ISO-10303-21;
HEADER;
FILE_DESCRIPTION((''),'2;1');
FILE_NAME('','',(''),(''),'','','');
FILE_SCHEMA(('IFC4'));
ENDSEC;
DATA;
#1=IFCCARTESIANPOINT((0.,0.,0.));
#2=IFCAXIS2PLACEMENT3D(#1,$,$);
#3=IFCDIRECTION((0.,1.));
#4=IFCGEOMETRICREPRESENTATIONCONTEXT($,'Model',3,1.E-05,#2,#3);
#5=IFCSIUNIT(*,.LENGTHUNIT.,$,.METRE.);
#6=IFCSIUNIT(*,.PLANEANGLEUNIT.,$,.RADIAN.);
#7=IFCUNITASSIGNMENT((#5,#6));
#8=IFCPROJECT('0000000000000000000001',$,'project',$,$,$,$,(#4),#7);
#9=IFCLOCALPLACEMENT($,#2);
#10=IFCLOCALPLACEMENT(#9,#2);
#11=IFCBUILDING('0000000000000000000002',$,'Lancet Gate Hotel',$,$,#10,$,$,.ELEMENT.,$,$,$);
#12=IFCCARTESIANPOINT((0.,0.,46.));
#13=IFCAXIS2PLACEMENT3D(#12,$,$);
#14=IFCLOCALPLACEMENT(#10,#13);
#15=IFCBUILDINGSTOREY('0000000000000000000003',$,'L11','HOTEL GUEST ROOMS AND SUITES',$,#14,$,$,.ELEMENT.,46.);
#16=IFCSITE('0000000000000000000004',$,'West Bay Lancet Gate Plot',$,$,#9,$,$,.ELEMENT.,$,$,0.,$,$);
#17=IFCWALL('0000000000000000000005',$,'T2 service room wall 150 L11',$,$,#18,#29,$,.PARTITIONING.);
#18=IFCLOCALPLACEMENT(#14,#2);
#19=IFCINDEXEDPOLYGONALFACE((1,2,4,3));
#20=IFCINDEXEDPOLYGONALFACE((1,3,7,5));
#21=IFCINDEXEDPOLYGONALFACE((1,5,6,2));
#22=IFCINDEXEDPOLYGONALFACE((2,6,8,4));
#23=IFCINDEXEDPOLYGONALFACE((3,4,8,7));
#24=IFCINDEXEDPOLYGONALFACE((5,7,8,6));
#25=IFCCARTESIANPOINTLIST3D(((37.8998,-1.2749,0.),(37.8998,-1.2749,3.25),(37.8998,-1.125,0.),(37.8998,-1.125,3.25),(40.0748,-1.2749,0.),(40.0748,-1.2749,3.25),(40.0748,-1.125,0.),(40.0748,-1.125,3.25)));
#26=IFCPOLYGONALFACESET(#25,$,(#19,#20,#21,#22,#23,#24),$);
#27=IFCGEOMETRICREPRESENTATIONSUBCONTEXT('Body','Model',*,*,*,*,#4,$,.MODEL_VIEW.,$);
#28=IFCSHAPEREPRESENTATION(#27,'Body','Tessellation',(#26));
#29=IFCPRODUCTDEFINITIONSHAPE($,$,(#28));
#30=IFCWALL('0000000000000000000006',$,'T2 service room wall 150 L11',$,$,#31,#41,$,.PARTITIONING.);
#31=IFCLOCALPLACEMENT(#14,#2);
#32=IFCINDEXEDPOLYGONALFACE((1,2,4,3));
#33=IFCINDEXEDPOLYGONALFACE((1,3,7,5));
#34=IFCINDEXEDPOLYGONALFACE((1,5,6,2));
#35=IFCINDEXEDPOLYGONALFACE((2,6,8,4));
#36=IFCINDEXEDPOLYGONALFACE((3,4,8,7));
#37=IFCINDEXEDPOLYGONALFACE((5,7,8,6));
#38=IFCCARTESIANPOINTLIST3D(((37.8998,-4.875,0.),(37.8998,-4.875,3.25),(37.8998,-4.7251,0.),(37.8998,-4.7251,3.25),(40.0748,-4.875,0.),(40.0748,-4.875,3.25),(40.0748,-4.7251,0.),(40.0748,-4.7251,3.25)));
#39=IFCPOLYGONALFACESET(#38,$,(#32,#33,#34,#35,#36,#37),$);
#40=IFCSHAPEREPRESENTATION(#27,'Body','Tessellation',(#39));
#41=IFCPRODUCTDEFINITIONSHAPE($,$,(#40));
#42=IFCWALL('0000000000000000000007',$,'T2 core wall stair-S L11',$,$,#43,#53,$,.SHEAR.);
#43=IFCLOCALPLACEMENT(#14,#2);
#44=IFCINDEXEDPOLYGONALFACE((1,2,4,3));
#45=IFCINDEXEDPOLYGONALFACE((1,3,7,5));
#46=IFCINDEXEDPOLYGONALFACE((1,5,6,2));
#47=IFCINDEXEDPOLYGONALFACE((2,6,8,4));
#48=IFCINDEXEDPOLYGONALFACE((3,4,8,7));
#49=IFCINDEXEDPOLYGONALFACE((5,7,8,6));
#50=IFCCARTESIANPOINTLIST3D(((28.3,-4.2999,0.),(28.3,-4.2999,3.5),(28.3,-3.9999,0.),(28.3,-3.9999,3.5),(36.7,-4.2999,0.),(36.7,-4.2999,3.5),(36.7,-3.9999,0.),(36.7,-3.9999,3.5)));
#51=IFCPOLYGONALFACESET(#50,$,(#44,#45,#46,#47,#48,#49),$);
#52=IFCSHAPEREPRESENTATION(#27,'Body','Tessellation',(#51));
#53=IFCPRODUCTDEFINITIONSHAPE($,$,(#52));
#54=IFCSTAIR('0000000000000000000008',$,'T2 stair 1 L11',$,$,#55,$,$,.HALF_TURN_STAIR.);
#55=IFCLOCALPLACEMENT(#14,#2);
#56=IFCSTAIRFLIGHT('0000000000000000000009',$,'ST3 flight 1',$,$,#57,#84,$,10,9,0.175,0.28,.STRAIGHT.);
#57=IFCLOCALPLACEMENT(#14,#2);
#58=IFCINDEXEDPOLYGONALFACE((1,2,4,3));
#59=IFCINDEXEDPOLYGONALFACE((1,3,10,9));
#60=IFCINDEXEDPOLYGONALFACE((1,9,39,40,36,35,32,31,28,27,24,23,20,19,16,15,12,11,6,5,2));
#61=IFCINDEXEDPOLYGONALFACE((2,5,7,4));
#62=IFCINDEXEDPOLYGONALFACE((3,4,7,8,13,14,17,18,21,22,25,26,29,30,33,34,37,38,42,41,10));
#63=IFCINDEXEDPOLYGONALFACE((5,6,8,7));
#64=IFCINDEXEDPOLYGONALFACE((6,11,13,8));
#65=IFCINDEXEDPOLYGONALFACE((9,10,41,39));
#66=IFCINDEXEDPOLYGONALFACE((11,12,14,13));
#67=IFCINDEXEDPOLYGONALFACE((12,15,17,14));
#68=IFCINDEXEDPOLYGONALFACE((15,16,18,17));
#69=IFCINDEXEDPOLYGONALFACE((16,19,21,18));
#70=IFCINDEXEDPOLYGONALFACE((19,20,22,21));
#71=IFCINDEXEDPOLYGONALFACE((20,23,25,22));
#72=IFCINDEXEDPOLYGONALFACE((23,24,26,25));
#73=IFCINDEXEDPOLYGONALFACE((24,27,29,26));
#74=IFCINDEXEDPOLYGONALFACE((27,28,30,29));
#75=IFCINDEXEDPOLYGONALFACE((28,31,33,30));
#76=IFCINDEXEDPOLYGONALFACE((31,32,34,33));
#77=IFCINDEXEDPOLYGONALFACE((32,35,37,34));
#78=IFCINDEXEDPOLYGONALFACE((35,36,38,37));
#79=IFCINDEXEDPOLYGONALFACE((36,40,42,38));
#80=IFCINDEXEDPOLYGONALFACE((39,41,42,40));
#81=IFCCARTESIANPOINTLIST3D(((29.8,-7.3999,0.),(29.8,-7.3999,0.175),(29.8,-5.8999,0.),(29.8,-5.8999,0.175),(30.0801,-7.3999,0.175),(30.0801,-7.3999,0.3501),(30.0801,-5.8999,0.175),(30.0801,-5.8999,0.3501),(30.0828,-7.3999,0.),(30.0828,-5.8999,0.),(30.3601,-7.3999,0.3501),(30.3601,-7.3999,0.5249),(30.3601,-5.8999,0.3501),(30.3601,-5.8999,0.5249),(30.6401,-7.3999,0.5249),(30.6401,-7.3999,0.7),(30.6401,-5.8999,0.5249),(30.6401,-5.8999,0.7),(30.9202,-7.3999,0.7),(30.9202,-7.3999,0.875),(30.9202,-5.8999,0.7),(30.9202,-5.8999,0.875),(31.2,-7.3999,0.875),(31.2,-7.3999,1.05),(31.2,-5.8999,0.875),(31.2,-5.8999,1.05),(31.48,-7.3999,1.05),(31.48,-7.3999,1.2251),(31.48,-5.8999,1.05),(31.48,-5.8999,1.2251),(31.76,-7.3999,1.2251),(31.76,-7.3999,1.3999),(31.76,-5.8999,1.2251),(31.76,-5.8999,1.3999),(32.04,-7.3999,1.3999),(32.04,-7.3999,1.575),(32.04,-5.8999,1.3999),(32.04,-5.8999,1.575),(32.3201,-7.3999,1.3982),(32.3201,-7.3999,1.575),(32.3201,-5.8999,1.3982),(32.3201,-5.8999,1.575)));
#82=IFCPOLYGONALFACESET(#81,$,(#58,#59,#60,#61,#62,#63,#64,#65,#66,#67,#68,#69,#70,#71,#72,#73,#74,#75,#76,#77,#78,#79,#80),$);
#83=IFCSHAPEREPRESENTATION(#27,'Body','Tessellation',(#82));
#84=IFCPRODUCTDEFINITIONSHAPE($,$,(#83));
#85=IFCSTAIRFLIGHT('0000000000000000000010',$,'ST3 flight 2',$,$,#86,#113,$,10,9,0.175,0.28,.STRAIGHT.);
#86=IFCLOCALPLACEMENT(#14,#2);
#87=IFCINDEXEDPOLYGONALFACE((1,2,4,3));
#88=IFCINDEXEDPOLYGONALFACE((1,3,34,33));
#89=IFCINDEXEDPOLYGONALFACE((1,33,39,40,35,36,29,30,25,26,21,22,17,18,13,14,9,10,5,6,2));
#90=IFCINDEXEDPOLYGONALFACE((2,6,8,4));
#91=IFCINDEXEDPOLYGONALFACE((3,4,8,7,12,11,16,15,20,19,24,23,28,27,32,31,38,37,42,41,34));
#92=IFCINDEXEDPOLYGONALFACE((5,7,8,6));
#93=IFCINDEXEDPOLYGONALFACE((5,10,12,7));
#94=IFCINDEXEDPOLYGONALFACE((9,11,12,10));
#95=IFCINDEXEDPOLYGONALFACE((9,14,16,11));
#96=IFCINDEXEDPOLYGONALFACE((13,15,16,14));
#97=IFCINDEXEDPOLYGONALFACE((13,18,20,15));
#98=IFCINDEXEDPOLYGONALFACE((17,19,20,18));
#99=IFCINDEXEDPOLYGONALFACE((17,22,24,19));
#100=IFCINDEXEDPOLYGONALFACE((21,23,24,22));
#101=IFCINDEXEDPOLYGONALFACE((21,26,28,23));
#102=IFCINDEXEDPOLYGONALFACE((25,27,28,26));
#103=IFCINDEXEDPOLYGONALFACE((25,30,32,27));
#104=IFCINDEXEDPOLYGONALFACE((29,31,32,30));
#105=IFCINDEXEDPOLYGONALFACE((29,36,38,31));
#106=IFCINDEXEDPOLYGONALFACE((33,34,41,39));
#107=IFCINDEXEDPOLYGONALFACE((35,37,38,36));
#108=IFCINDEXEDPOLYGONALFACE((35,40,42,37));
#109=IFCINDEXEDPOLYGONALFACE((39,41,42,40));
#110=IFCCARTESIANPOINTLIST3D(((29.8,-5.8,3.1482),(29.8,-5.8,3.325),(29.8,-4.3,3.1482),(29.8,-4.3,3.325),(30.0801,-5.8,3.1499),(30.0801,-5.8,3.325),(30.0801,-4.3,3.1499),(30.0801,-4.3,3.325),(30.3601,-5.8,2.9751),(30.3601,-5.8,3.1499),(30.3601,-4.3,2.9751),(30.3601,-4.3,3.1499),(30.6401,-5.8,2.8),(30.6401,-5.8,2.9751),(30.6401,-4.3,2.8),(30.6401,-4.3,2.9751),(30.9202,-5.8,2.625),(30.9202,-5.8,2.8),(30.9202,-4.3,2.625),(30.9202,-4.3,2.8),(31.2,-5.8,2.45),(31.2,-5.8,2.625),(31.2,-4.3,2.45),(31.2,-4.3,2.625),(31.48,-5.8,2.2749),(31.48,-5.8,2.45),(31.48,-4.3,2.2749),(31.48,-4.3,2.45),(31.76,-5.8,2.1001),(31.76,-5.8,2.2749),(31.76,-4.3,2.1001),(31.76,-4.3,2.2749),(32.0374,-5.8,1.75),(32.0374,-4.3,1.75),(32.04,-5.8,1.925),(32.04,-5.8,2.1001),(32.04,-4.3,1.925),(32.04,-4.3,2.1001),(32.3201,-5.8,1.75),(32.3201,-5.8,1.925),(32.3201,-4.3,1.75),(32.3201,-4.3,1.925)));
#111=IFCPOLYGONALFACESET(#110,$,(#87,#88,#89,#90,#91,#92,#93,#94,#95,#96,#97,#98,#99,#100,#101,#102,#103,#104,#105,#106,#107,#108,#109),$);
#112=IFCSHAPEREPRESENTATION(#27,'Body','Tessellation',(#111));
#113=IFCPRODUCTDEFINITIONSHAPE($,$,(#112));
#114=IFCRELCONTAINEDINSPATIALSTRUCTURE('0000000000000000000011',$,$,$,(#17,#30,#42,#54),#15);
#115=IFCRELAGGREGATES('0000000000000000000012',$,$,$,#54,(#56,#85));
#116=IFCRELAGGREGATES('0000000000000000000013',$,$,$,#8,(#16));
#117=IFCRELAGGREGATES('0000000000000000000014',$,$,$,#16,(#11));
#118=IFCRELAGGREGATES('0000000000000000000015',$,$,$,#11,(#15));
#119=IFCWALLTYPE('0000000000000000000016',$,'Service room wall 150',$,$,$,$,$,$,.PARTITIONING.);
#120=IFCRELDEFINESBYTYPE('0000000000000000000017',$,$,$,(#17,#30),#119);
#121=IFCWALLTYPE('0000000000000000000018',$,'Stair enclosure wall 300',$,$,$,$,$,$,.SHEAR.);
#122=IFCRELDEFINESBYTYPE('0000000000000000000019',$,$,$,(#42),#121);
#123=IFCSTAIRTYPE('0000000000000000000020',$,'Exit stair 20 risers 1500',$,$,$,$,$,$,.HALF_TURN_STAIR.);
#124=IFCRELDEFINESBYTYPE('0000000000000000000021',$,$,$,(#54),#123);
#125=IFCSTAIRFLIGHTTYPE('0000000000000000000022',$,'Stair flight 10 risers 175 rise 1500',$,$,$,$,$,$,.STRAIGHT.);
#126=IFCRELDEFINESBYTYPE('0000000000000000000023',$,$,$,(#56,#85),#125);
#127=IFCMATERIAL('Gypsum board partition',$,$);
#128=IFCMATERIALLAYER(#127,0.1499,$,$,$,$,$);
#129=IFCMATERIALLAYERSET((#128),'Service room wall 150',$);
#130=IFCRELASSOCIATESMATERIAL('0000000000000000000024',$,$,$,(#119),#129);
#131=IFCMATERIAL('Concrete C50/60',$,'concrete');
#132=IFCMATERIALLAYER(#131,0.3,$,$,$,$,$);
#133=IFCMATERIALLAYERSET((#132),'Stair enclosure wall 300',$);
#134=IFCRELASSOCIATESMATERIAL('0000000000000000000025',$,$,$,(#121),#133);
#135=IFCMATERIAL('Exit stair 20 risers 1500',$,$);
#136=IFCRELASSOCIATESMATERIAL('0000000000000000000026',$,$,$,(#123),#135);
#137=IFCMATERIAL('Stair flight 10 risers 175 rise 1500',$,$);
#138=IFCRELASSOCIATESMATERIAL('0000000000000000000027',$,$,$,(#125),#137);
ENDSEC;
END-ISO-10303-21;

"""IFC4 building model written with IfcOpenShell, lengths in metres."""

from ifc_helpers import new_model, si_unit, direction, frame, frame_2d, origin, place, context, subcontext, project, spatial, polyline, rectangle, outline, extrude, material, layer, layer_set, type_object, element, aggregate, save


model = new_model("IFC4")

# Units and contexts
model_context = context("Model", 3, precision=1e-05, world=origin(), true_north=direction((0.0, 1.0)))
body_context = subcontext(model_context, "Body", "Model", "MODEL_VIEW")
ifc_project = project(units=[si_unit("LENGTHUNIT", "METRE"), si_unit("PLANEANGLEUNIT", "RADIAN")], contexts=[model_context])

# Site, building, storey
site_placement = place(None, origin())
site = spatial("IfcSite", under=ifc_project, at=site_placement, Name="West Bay Lancet Gate Plot", CompositionType="ELEMENT", RefElevation=0.0)
building_placement = place(site_placement, origin())
building = spatial("IfcBuilding", under=site, at=building_placement, Name="Lancet Gate Hotel", CompositionType="ELEMENT")
storey_placement = place(building_placement, frame((0.0, 0.0, 46.0)))
storey = spatial("IfcBuildingStorey", under=building, at=storey_placement, Name="L11", Description="HOTEL GUEST ROOMS AND SUITES", CompositionType="ELEMENT", Elevation=46.0)

# Walls
ifc_material_1 = material(Name="Gypsum board partition")
ifc_layer_1 = layer(ifc_material_1, 0.1499)
ifc_layer_set_1 = layer_set([ifc_layer_1], Name="Service room wall 150")
wall_type_1 = type_object("IfcWallType", Name="Service room wall 150", PredefinedType="PARTITIONING", material=ifc_layer_set_1)
for number, where, z_axis, x_axis, name in (
    (1, (37.8999, -1.2, 0.0), (0.0, 0.0, 1.0), (1.0, 0.0, 0.0), "T2 service room wall 150 L11"),
    (2, (37.8999, -4.8, 0.0), (0.0, 0.0, 1.0), (1.0, 0.0, 0.0), "T2 service room wall 150 L11"),
):
    element("IfcWall", number, at=place(storey_placement, frame(where, z_axis=z_axis, x_axis=x_axis)), inside=storey, type_object=wall_type_1, Name=name, PredefinedType="PARTITIONING", context=body_context, shape_type="SweptSolid", body=[
        extrude(rectangle(XDim=2.175, YDim=0.1499, at=frame_2d((1.0874, 0.0))), origin(), (0.0, 0.0, 1.0), 3.25),
    ])
ifc_material_2 = material(Name="Concrete C50/60", Category="concrete")
ifc_layer_2 = layer(ifc_material_2, 0.3)
ifc_layer_set_2 = layer_set([ifc_layer_2], Name="Stair enclosure wall 300")
wall_type_2 = type_object("IfcWallType", Name="Stair enclosure wall 300", PredefinedType="SHEAR", material=ifc_layer_set_2)
wall_1_placement = place(storey_placement, frame((28.3, -4.1499, 0.0), z_axis=(0.0, 0.0, 1.0), x_axis=(1.0, 0.0, 0.0)))
element("IfcWall", 3, at=wall_1_placement, inside=storey, type_object=wall_type_2, Name="T2 core wall stair-S L11", PredefinedType="SHEAR", context=body_context, shape_type="SweptSolid", body=[
    extrude(rectangle(XDim=8.3999, YDim=0.3, at=frame_2d((4.2, 0.0))), origin(), (0.0, 0.0, 1.0), 3.5),
])

# Stair, stair flights
ifc_material_3 = material(Name="Exit stair 20 risers 1500")
stair_type = type_object("IfcStairType", Name="Exit stair 20 risers 1500", PredefinedType="HALF_TURN_STAIR", material=ifc_material_3)
stair_placement = place(storey_placement, origin())
stair = element("IfcStair", 4, at=stair_placement, inside=storey, type_object=stair_type, Name="T2 stair 1 L11", PredefinedType="HALF_TURN_STAIR")
ifc_material_4 = material(Name="Stair flight 10 risers 175 rise 1500")
stair_flight_type = type_object("IfcStairFlightType", Name="Stair flight 10 risers 175 rise 1500", PredefinedType="STRAIGHT", material=ifc_material_4)
stair_flight_1_placement = place(storey_placement, frame((29.8, -6.6499, 0.0), z_axis=(0.0, 0.0, 1.0), x_axis=(1.0, 0.0, 0.0)))
stair_flight_1 = element("IfcStairFlight", 5, at=stair_flight_1_placement, type_object=stair_flight_type, Name="ST3 flight 1", NumberOfRisers=10, NumberOfTreads=9, PredefinedType="STRAIGHT", RiserHeight=0.175, TreadLength=0.28, context=body_context, shape_type="SweptSolid", body=[
    extrude(outline(polyline([(0.0, 0.0), (0.0, 0.175), (0.28, 0.175), (0.28, 0.3501), (0.5601, 0.3501), (0.5601, 0.5249), (0.8401, 0.5249), (0.8401, 0.7), (1.1201, 0.7), (1.1201, 0.875), (1.3999, 0.875), (1.3999, 1.05), (1.6799, 1.05), (1.6799, 1.2251), (1.96, 1.2251), (1.96, 1.3999), (2.24, 1.3999), (2.24, 1.575), (2.52, 1.575), (2.52, 1.75), (2.52, 1.3982), (0.2827, 0.0), (0.0, 0.0)])), frame((0.0, 0.75, 0.0), z_axis=(0.0, -1.0, 0.0), x_axis=(1.0, 0.0, 0.0)), (0.0, 0.0, 1.0), 1.5),
])
stair_flight_2_placement = place(storey_placement, frame((32.3201, -5.05, 1.75), z_axis=(0.0, 0.0, 1.0), x_axis=(-1.0, 0.0, 0.0)))
stair_flight_2 = element("IfcStairFlight", 6, at=stair_flight_2_placement, type_object=stair_flight_type, Name="ST3 flight 2", NumberOfRisers=10, NumberOfTreads=9, PredefinedType="STRAIGHT", RiserHeight=0.175, TreadLength=0.28, context=body_context, shape_type="SweptSolid", body=[
    extrude(outline(polyline([(0.0, 0.0), (0.0, 0.175), (0.28, 0.175), (0.28, 0.3501), (0.5601, 0.3501), (0.5601, 0.5249), (0.8401, 0.5249), (0.8401, 0.7), (1.1201, 0.7), (1.1201, 0.875), (1.3999, 0.875), (1.3999, 1.05), (1.6799, 1.05), (1.6799, 1.2251), (1.96, 1.2251), (1.96, 1.3999), (2.24, 1.3999), (2.24, 1.575), (2.52, 1.575), (2.52, 1.75), (2.52, 1.3982), (0.2827, 0.0), (0.0, 0.0)])), frame((0.0, 0.75, 0.0), z_axis=(0.0, -1.0, 0.0), x_axis=(1.0, 0.0, 0.0)), (0.0, 0.0, 1.0), 1.5),
])
aggregate(stair, [stair_flight_1, stair_flight_2])

save(model, "model.ifc")
